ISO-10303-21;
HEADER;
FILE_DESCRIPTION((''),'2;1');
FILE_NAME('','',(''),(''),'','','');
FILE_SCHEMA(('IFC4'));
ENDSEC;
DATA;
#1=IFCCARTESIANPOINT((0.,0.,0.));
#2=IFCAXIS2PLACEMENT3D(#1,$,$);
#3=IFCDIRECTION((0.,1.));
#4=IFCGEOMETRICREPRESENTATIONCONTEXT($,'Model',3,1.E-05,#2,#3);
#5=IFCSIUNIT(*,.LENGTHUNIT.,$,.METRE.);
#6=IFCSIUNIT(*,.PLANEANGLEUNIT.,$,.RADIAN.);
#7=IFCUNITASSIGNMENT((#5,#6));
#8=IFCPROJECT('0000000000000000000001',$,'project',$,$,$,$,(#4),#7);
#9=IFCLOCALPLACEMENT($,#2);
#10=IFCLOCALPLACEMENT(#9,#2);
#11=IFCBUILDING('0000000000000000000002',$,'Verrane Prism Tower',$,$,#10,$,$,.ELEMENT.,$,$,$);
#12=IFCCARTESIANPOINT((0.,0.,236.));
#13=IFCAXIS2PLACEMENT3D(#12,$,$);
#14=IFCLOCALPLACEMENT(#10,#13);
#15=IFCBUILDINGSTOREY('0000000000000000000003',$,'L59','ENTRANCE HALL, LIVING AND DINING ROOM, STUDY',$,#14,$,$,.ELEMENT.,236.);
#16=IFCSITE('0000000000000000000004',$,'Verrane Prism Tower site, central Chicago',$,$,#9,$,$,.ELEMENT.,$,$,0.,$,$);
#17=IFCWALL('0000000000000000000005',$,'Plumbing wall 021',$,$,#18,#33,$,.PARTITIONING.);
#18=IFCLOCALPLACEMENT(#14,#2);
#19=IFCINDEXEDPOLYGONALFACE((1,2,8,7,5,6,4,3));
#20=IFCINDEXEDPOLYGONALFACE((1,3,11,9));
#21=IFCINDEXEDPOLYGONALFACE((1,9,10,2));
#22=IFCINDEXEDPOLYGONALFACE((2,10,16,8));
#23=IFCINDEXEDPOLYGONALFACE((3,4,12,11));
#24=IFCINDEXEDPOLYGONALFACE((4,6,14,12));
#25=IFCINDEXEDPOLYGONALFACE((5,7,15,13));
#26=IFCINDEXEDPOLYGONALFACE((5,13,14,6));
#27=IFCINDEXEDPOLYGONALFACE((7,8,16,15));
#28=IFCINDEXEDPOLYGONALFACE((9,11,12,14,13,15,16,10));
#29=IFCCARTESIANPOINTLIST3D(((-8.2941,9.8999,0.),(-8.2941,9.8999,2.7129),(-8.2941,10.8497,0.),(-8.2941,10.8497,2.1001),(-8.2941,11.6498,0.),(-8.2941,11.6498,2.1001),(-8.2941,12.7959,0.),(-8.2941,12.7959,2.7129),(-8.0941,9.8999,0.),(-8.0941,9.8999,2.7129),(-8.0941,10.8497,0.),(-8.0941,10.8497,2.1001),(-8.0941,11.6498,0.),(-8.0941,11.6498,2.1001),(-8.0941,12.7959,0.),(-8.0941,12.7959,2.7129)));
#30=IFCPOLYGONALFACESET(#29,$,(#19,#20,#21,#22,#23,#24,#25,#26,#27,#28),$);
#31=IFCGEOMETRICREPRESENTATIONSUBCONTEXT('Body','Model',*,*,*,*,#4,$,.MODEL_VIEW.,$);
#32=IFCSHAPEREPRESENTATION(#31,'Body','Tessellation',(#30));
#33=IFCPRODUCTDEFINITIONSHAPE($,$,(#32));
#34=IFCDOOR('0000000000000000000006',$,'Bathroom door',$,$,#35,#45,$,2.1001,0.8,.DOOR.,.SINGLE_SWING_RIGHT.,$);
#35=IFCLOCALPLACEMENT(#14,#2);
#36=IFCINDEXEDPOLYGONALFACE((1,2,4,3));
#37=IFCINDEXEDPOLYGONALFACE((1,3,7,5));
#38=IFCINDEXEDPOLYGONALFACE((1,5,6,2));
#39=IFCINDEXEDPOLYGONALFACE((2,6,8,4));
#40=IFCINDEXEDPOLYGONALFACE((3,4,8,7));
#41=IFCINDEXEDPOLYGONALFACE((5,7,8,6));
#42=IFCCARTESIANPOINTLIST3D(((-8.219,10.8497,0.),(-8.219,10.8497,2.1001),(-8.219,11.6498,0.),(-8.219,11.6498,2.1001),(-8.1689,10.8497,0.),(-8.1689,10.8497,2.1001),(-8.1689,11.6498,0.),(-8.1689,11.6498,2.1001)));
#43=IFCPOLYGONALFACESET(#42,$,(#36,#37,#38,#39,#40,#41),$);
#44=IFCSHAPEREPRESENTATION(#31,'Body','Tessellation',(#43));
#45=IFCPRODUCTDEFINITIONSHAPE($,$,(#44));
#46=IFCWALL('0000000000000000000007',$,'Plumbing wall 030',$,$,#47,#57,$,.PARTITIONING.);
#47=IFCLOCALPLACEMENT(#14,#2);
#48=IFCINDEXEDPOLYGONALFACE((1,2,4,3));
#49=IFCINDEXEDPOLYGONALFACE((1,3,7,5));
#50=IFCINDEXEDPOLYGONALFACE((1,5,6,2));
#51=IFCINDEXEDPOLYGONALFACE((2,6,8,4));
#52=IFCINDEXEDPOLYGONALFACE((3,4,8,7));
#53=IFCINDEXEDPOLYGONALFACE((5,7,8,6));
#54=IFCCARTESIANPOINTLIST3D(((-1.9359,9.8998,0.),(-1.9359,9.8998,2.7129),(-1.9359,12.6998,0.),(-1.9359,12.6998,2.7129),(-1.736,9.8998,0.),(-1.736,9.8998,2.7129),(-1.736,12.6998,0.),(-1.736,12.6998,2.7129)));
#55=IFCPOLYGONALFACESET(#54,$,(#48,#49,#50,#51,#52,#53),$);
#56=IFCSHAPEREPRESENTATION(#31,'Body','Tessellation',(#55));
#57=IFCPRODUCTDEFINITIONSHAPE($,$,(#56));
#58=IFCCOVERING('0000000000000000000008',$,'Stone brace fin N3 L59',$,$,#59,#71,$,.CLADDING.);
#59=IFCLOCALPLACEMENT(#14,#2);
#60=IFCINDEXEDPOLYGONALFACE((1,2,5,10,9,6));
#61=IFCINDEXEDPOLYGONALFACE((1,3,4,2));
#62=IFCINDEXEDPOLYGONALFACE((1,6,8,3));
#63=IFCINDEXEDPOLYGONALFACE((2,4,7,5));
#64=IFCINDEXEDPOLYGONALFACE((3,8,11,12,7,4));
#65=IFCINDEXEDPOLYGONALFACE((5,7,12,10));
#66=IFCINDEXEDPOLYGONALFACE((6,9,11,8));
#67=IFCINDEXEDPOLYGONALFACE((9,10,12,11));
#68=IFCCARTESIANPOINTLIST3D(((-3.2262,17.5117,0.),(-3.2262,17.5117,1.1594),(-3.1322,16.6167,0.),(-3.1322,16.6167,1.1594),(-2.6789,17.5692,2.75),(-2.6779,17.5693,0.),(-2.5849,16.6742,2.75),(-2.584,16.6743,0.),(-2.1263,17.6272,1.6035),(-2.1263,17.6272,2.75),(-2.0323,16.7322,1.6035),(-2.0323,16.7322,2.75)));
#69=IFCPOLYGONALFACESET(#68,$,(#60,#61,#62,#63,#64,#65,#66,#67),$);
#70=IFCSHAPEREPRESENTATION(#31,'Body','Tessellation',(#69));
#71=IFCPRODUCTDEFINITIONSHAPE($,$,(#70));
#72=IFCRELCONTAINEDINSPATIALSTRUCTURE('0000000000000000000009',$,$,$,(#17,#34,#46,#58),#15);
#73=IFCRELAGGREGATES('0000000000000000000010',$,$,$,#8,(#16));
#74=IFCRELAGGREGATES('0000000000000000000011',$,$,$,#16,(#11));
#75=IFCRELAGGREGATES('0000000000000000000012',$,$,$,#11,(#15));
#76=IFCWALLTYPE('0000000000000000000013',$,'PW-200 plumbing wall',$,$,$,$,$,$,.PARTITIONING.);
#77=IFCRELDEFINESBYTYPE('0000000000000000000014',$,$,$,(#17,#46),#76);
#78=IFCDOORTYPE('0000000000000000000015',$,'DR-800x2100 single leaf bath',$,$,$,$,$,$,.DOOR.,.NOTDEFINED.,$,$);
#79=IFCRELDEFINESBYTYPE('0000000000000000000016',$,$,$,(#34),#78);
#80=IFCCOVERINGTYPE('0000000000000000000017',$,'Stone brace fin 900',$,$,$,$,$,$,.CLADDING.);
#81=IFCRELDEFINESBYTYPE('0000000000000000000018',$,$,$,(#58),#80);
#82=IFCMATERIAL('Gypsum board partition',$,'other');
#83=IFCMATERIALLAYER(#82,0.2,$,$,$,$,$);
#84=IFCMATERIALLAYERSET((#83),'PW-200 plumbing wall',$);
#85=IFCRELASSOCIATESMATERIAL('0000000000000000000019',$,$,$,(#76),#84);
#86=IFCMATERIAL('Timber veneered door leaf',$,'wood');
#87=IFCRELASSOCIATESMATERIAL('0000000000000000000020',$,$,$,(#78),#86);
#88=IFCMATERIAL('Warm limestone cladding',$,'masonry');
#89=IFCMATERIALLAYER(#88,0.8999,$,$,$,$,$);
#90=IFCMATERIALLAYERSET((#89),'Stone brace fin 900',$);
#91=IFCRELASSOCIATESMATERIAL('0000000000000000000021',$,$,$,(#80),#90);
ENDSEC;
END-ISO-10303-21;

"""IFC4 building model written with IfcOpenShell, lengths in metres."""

from ifc_helpers import new_model, si_unit, direction, frame, frame_2d, origin, place, context, subcontext, project, spatial, polyline, rectangle, outline, extrude, material, layer, layer_set, type_object, element, fill, save


model = new_model("IFC4")

# Units and contexts
model_context = context("Model", 3, precision=1e-05, world=origin(), true_north=direction((0.0, 1.0)))
body_context = subcontext(model_context, "Body", "Model", "MODEL_VIEW")
ifc_project = project(units=[si_unit("LENGTHUNIT", "METRE"), si_unit("PLANEANGLEUNIT", "RADIAN")], contexts=[model_context])

# Site, building, storey
site_placement = place(None, origin())
site = spatial("IfcSite", under=ifc_project, at=site_placement, Name="Verrane Prism Tower site, central Chicago", CompositionType="ELEMENT", RefElevation=0.0)
building_placement = place(site_placement, origin())
building = spatial("IfcBuilding", under=site, at=building_placement, Name="Verrane Prism Tower", CompositionType="ELEMENT")
storey_placement = place(building_placement, frame((0.0, 0.0, 236.0)))
storey = spatial("IfcBuildingStorey", under=building, at=storey_placement, Name="L59", Description="ENTRANCE HALL, LIVING AND DINING ROOM, STUDY", CompositionType="ELEMENT", Elevation=236.0)

# Shared definitions
ifc_material_1 = material(Name="Gypsum board partition", Category="other")
ifc_layer_1 = layer(ifc_material_1, 0.2)
ifc_layer_set_1 = layer_set([ifc_layer_1], Name="PW-200 plumbing wall")
wall_type_1 = type_object("IfcWallType", Name="PW-200 plumbing wall", PredefinedType="PARTITIONING", material=ifc_layer_set_1)

# Shared definitions
ifc_material_2 = material(Name="Timber veneered door leaf", Category="wood")
door_type_1 = type_object("IfcDoorType", Name="DR-800x2100 single leaf bath", OperationType="NOTDEFINED", PredefinedType="DOOR", material=ifc_material_2)

# Wall, opening, door
wall_1_placement = place(storey_placement, frame((-8.1941, 9.8999, 0.0), z_axis=(0.0, 0.0, 1.0), x_axis=(0.0, 1.0, 0.0)))
wall_1 = element("IfcWall", 1, at=wall_1_placement, inside=storey, type_object=wall_type_1, Name="Plumbing wall 021", PredefinedType="PARTITIONING", context=body_context, shape_type="SweptSolid", body=[
    extrude(rectangle(XDim=2.896, YDim=0.2, at=frame_2d((1.448, 0.0))), origin(), (0.0, 0.0, 1.0), 2.7129),
])
opening_1_placement = place(wall_1_placement, frame((0.95, 0.0, 0.0)))
opening_1 = element("IfcOpeningElement", 2, at=opening_1_placement, cuts=wall_1, PredefinedType="OPENING", context=body_context, shape_type="SweptSolid", body=[
    extrude(rectangle(XDim=0.8, YDim=2.1001, at=frame_2d((0.3999, 1.05))), frame((0.0, 0.1099, 0.0), z_axis=(0.0, -1.0, 0.0), x_axis=(1.0, 0.0, 0.0)), (0.0, 0.0, 1.0), 0.22),
])
door_1_placement = place(opening_1_placement, origin())
door_1 = element("IfcDoor", 3, at=door_1_placement, inside=storey, type_object=door_type_1, Name="Bathroom door", OperationType="SINGLE_SWING_RIGHT", OverallHeight=2.1001, OverallWidth=0.8, PredefinedType="DOOR", context=body_context, shape_type="SweptSolid", body=[
    extrude(rectangle(XDim=0.8, YDim=2.1001, at=frame_2d((0.3999, 1.05))), frame((0.0, 0.0249, 0.0), z_axis=(0.0, -1.0, 0.0), x_axis=(1.0, 0.0, 0.0)), (0.0, 0.0, 1.0), 0.05),
])
fill(opening_1, door_1)

# Wall
wall_2_placement = place(storey_placement, frame((-1.8359, 9.8999, 0.0), z_axis=(0.0, 0.0, 1.0), x_axis=(0.0, 1.0, 0.0)))
element("IfcWall", 4, at=wall_2_placement, inside=storey, type_object=wall_type_1, Name="Plumbing wall 030", PredefinedType="PARTITIONING", context=body_context, shape_type="SweptSolid", body=[
    extrude(rectangle(XDim=2.8, YDim=0.2, at=frame_2d((1.3999, 0.0))), origin(), (0.0, 0.0, 1.0), 2.7129),
])

# Covering
ifc_material_3 = material(Name="Warm limestone cladding", Category="masonry")
ifc_layer_2 = layer(ifc_material_3, 0.8999)
ifc_layer_set_2 = layer_set([ifc_layer_2], Name="Stone brace fin 900")
covering_type = type_object("IfcCoveringType", Name="Stone brace fin 900", PredefinedType="CLADDING", material=ifc_layer_set_2)
covering_placement = place(storey_placement, frame((-3.1792, 17.0642, 0.0), z_axis=(0.0, 0.0, 1.0), x_axis=(0.994536, 0.104398, 0.0)))
element("IfcCovering", 5, at=covering_placement, inside=storey, type_object=covering_type, Name="Stone brace fin N3 L59", PredefinedType="CLADDING", context=body_context, shape_type="SweptSolid", body=[
    extrude(outline(polyline([(1.106, 2.75), (0.5503, 2.75), (0.0, 1.1594), (0.0, 0.0), (0.5513, 0.0), (1.106, 1.6035), (1.106, 2.75)])), frame((0.0, 0.45, 0.0), z_axis=(0.0, -1.0, 0.0), x_axis=(1.0, 0.0, 0.0)), (0.0, 0.0, 1.0), 0.8999),
])

save(model, "model.ifc")
